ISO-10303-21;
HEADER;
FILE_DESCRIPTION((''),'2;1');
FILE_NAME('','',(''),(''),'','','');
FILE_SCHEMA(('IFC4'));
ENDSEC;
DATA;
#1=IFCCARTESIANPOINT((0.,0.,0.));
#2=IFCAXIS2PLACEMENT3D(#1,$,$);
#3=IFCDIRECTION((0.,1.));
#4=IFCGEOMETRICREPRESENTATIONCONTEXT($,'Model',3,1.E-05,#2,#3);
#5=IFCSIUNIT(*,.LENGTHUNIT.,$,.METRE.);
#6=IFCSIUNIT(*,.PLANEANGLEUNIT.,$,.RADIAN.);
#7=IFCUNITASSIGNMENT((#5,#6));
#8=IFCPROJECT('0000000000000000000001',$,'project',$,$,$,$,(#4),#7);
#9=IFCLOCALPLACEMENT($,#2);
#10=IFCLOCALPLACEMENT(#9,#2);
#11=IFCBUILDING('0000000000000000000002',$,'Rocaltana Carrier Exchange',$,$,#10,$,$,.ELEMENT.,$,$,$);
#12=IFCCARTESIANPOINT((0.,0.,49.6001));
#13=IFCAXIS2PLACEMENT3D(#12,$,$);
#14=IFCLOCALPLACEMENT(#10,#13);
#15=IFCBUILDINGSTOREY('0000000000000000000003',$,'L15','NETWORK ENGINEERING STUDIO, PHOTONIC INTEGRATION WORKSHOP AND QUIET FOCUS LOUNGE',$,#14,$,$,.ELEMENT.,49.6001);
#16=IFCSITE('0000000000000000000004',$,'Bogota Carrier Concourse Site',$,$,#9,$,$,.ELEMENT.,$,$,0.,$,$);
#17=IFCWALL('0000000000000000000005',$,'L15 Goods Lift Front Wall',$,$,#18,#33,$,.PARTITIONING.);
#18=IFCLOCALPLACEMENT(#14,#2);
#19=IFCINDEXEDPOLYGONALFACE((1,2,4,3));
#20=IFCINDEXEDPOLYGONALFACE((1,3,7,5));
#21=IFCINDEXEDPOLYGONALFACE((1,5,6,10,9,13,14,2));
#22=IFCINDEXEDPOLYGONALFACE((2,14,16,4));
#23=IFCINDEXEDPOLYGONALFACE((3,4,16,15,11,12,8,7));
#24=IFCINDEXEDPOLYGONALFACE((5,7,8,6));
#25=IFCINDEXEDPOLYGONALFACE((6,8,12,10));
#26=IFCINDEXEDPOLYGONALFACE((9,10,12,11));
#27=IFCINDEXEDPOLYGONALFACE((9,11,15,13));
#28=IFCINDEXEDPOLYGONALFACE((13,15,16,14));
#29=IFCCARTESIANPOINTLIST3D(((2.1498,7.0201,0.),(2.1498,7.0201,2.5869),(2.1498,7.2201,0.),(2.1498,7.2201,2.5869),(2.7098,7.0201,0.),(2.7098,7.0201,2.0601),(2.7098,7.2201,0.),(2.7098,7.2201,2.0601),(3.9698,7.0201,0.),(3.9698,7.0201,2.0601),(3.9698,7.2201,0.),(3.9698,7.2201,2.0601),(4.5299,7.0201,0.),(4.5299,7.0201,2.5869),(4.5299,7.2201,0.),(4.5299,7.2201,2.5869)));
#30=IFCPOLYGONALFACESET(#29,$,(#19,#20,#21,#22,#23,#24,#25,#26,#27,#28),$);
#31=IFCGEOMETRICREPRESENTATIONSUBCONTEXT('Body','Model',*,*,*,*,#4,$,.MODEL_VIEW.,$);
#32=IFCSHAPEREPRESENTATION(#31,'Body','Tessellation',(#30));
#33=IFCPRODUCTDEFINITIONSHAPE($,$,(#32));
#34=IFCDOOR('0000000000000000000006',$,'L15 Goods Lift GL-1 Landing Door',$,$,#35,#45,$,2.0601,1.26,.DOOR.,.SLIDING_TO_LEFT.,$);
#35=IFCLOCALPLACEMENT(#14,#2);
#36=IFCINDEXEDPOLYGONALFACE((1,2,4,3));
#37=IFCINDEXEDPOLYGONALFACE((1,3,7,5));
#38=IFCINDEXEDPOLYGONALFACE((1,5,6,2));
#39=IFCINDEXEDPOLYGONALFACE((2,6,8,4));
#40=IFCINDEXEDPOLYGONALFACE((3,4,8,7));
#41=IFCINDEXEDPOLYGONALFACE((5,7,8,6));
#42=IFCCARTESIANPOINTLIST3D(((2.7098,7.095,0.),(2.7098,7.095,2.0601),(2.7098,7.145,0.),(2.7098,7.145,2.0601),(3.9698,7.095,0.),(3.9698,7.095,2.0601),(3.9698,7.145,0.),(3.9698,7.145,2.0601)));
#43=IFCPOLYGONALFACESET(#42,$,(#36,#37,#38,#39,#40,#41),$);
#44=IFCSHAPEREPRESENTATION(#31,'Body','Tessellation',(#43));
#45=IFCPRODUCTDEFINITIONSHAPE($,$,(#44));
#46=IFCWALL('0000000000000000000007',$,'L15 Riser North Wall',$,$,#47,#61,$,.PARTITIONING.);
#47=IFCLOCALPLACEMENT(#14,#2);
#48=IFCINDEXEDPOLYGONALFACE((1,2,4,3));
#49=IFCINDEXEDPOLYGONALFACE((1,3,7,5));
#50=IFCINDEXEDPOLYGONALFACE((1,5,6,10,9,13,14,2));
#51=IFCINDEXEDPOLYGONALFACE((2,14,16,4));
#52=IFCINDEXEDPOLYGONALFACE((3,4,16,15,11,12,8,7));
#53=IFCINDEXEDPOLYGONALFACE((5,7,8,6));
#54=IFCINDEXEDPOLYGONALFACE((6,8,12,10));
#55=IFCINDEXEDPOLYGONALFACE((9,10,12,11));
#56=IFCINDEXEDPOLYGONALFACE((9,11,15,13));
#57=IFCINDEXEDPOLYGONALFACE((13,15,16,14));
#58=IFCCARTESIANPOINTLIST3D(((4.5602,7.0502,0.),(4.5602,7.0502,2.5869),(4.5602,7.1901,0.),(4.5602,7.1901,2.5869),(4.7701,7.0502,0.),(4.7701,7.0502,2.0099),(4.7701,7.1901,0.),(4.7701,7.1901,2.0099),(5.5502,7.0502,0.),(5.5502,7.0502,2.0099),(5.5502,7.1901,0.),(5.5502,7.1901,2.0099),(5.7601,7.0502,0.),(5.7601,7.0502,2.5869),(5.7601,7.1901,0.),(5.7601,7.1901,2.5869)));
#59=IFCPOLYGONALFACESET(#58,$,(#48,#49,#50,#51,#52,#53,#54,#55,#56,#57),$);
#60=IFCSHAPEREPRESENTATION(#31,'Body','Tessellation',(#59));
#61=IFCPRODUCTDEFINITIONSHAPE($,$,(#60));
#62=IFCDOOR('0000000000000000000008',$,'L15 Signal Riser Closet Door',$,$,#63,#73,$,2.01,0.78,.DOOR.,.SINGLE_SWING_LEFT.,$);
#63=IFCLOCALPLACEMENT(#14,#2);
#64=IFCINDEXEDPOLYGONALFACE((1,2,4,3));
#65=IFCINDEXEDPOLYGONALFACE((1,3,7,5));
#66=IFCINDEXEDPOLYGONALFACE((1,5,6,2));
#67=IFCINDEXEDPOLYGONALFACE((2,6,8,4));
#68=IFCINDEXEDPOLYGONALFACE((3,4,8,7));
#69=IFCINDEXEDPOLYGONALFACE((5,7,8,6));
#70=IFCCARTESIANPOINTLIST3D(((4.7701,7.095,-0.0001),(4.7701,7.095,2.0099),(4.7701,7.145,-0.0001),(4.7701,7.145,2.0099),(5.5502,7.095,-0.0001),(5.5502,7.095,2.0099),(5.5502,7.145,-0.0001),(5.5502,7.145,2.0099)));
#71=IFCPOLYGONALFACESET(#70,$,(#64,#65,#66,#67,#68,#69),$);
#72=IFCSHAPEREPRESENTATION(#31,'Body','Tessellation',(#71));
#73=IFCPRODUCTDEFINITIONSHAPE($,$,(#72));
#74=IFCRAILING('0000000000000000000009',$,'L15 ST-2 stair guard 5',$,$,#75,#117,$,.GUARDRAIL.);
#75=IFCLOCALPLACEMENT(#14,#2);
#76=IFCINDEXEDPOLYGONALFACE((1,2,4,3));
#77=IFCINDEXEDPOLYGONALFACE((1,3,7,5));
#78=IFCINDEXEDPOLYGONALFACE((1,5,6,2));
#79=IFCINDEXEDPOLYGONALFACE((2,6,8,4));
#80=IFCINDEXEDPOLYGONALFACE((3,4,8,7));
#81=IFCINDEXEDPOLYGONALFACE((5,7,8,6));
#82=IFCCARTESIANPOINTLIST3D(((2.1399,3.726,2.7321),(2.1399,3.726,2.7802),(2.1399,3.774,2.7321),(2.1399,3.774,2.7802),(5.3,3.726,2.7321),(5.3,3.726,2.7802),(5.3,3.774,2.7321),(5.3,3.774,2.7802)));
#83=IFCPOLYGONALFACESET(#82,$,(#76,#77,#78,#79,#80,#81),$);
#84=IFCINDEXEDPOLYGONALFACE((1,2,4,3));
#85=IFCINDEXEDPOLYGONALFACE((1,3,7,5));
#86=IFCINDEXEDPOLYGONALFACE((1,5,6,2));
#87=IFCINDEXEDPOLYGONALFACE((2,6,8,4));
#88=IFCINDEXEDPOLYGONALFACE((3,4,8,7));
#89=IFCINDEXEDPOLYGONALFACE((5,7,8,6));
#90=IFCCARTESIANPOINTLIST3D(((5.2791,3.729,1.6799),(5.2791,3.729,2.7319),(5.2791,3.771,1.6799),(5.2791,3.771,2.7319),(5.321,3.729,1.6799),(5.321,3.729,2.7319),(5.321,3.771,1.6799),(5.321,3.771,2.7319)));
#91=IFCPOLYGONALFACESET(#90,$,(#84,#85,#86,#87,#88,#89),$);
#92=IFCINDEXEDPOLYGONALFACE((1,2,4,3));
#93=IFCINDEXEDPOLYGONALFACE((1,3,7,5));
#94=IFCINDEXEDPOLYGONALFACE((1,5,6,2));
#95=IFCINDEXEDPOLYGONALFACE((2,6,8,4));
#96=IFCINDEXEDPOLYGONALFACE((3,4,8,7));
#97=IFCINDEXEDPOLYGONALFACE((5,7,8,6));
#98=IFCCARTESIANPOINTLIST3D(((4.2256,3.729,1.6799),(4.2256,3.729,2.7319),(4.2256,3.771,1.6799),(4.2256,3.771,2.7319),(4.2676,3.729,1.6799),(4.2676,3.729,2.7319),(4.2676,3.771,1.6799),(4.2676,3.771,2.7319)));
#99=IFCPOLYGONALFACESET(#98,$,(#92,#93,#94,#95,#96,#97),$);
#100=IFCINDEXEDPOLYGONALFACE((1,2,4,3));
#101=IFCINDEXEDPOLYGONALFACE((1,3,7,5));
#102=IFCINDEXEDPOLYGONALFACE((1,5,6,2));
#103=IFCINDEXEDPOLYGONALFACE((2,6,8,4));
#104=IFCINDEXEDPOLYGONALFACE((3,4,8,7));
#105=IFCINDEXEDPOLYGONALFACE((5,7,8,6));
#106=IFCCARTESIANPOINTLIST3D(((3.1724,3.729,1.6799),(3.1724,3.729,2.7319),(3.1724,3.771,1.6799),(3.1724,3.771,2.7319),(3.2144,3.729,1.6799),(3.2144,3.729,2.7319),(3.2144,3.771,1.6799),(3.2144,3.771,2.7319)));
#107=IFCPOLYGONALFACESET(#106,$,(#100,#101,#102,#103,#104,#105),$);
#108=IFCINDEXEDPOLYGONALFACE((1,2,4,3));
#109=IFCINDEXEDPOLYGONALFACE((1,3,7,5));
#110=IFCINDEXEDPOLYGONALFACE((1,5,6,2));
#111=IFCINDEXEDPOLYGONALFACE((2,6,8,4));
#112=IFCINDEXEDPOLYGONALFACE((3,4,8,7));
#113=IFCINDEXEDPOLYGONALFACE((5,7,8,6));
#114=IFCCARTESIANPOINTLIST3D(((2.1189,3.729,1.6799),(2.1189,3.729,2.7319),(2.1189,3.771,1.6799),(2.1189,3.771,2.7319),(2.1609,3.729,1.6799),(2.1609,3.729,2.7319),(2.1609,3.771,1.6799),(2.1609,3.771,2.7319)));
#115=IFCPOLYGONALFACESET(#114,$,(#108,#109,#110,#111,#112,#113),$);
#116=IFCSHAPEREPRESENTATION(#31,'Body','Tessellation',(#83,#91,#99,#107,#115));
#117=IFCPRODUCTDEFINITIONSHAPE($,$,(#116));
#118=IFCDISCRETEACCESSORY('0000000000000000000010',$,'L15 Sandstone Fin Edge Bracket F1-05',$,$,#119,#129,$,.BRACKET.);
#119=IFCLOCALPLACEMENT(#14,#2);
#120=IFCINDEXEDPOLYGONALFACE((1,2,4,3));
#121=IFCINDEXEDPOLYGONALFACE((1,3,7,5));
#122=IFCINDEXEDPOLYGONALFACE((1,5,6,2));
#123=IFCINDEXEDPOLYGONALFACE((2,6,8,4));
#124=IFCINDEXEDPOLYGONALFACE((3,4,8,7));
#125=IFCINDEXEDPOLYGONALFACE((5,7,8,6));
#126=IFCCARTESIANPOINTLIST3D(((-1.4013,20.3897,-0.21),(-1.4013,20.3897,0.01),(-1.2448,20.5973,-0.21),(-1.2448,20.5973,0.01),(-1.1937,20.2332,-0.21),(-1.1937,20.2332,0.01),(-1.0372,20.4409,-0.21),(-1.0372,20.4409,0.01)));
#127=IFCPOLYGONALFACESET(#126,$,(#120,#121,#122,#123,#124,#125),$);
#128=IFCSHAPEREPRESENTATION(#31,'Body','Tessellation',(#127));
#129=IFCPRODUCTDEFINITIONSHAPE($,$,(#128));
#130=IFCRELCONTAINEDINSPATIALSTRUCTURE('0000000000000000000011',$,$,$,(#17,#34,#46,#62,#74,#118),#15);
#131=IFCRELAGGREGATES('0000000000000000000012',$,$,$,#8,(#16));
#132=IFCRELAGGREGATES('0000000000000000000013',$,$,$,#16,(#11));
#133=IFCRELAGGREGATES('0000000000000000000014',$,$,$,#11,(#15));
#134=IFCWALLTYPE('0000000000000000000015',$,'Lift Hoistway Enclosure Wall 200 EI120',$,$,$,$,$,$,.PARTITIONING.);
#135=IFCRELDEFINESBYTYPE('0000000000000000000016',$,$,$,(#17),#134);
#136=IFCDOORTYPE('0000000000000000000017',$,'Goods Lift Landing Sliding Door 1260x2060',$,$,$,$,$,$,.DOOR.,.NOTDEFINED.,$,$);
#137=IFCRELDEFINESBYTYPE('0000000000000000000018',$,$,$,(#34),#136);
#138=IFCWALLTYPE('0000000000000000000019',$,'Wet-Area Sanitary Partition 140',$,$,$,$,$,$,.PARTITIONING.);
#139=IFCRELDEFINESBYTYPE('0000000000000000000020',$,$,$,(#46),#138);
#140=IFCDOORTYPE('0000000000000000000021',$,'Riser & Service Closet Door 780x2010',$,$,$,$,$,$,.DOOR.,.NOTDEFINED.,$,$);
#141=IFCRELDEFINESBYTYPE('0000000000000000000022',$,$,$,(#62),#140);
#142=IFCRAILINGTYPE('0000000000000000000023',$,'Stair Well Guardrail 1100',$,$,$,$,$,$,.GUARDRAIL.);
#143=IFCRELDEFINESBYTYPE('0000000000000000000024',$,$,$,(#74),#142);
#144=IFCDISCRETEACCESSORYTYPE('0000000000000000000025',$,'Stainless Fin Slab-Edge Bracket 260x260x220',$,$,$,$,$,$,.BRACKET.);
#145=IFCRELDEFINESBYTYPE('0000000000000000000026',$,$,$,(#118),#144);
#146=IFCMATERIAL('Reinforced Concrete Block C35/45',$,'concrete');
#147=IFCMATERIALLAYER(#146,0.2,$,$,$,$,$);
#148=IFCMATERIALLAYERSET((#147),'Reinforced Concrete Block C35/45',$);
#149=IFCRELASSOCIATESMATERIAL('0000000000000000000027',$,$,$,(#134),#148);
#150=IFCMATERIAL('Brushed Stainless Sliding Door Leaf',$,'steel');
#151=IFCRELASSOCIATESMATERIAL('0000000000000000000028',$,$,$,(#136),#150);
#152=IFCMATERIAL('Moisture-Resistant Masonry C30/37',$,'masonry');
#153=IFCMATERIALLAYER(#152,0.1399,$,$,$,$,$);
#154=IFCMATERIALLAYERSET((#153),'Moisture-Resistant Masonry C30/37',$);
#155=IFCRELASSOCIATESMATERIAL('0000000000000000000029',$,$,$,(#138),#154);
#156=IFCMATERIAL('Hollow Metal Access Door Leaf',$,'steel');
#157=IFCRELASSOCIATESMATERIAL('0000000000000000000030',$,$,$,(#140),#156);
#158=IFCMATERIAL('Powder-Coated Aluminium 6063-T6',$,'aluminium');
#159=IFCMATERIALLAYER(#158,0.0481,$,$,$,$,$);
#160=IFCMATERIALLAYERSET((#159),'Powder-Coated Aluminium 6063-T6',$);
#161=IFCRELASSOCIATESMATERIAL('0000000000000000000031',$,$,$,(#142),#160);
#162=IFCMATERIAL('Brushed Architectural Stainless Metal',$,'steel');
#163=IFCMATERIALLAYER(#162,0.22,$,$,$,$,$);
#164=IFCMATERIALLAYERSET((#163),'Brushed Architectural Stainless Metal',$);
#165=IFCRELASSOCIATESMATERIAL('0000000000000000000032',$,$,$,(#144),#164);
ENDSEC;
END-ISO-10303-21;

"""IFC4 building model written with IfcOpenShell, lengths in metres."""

from ifc_helpers import new_model, si_unit, direction, frame, frame_2d, origin, origin_2d, place, context, subcontext, project, spatial, rectangle, extrude, material, layer, layer_set, type_object, element, fill, save


model = new_model("IFC4")

# Units and contexts
model_context = context("Model", 3, precision=1e-05, world=origin(), true_north=direction((0.0, 1.0)))
body_context = subcontext(model_context, "Body", "Model", "MODEL_VIEW")
ifc_project = project(units=[si_unit("LENGTHUNIT", "METRE"), si_unit("PLANEANGLEUNIT", "RADIAN")], contexts=[model_context])

# Site, building, storey
site_placement = place(None, origin())
site = spatial("IfcSite", under=ifc_project, at=site_placement, Name="Bogota Carrier Concourse Site", CompositionType="ELEMENT", RefElevation=0.0)
building_placement = place(site_placement, origin())
building = spatial("IfcBuilding", under=site, at=building_placement, Name="Rocaltana Carrier Exchange", CompositionType="ELEMENT")
storey_placement = place(building_placement, frame((0.0, 0.0, 49.6001)))
storey = spatial("IfcBuildingStorey", under=building, at=storey_placement, Name="L15", Description="NETWORK ENGINEERING STUDIO, PHOTONIC INTEGRATION WORKSHOP AND QUIET FOCUS LOUNGE", CompositionType="ELEMENT", Elevation=49.6001)

# Shared definitions
ifc_material_1 = material(Name="Reinforced Concrete Block C35/45", Category="concrete")
ifc_layer_1 = layer(ifc_material_1, 0.2)
ifc_layer_set_1 = layer_set([ifc_layer_1], Name="Reinforced Concrete Block C35/45")
wall_type_1 = type_object("IfcWallType", Name="Lift Hoistway Enclosure Wall 200 EI120", PredefinedType="PARTITIONING", material=ifc_layer_set_1)

# Walls, openings, doors
wall_1_placement = place(storey_placement, frame((2.1499, 7.1201, 0.0), z_axis=(0.0, 0.0, 1.0), x_axis=(1.0, 0.0, 0.0)))
wall_1 = element("IfcWall", 1, at=wall_1_placement, inside=storey, type_object=wall_type_1, Name="L15 Goods Lift Front Wall", PredefinedType="PARTITIONING", context=body_context, shape_type="SweptSolid", body=[
    extrude(rectangle(XDim=2.3801, YDim=0.2, at=frame_2d((1.1899, 0.0))), origin(), (0.0, 0.0, 1.0), 2.5869),
])
opening_1_placement = place(wall_1_placement, frame((0.5601, 0.0, 0.0)))
opening_1 = element("IfcOpeningElement", 2, at=opening_1_placement, cuts=wall_1, PredefinedType="OPENING", context=body_context, shape_type="SweptSolid", body=[
    extrude(rectangle(XDim=1.26, YDim=2.0601, at=frame_2d((0.6299, 1.03))), frame((0.0, 0.1099, 0.0), z_axis=(0.0, -1.0, 0.0), x_axis=(1.0, 0.0, 0.0)), (0.0, 0.0, 1.0), 0.22),
])
ifc_material_2 = material(Name="Brushed Stainless Sliding Door Leaf", Category="steel")
door_type_1 = type_object("IfcDoorType", Name="Goods Lift Landing Sliding Door 1260x2060", OperationType="NOTDEFINED", PredefinedType="DOOR", material=ifc_material_2)
door_1_placement = place(opening_1_placement, origin())
door_1 = element("IfcDoor", 3, at=door_1_placement, inside=storey, type_object=door_type_1, Name="L15 Goods Lift GL-1 Landing Door", OperationType="SLIDING_TO_LEFT", OverallHeight=2.0601, OverallWidth=1.26, PredefinedType="DOOR", context=body_context, shape_type="SweptSolid", body=[
    extrude(rectangle(XDim=1.26, YDim=2.0601, at=frame_2d((0.6299, 1.03))), frame((0.0, 0.0249, 0.0), z_axis=(0.0, -1.0, 0.0), x_axis=(1.0, 0.0, 0.0)), (0.0, 0.0, 1.0), 0.05),
])
fill(opening_1, door_1)
ifc_material_3 = material(Name="Moisture-Resistant Masonry C30/37", Category="masonry")
ifc_layer_2 = layer(ifc_material_3, 0.1399)
ifc_layer_set_2 = layer_set([ifc_layer_2], Name="Moisture-Resistant Masonry C30/37")
wall_type_2 = type_object("IfcWallType", Name="Wet-Area Sanitary Partition 140", PredefinedType="PARTITIONING", material=ifc_layer_set_2)
wall_2_placement = place(storey_placement, frame((4.5601, 7.1201, 0.0), z_axis=(0.0, 0.0, 1.0), x_axis=(1.0, 0.0, 0.0)))
wall_2 = element("IfcWall", 4, at=wall_2_placement, inside=storey, type_object=wall_type_2, Name="L15 Riser North Wall", PredefinedType="PARTITIONING", context=body_context, shape_type="SweptSolid", body=[
    extrude(rectangle(XDim=1.2, YDim=0.1399, at=frame_2d((0.6001, 0.0))), origin(), (0.0, 0.0, 1.0), 2.5869),
])
opening_2_placement = place(wall_2_placement, frame((0.21, 0.0, 0.0)))
opening_2 = element("IfcOpeningElement", 5, at=opening_2_placement, cuts=wall_2, PredefinedType="OPENING", context=body_context, shape_type="SweptSolid", body=[
    extrude(rectangle(XDim=0.78, YDim=2.01, at=frame_2d((0.3901, 1.0049))), frame((0.0, 0.0798, 0.0), z_axis=(0.0, -1.0, 0.0), x_axis=(1.0, 0.0, 0.0)), (0.0, 0.0, 1.0), 0.1599),
])
ifc_material_4 = material(Name="Hollow Metal Access Door Leaf", Category="steel")
door_type_2 = type_object("IfcDoorType", Name="Riser & Service Closet Door 780x2010", OperationType="NOTDEFINED", PredefinedType="DOOR", material=ifc_material_4)
door_2_placement = place(opening_2_placement, origin())
door_2 = element("IfcDoor", 6, at=door_2_placement, inside=storey, type_object=door_type_2, Name="L15 Signal Riser Closet Door", OperationType="SINGLE_SWING_LEFT", OverallHeight=2.01, OverallWidth=0.78, PredefinedType="DOOR", context=body_context, shape_type="SweptSolid", body=[
    extrude(rectangle(XDim=0.78, YDim=2.01, at=frame_2d((0.3901, 1.0049))), frame((0.0, 0.0249, 0.0), z_axis=(0.0, -1.0, 0.0), x_axis=(1.0, 0.0, 0.0)), (0.0, 0.0, 1.0), 0.05),
])
fill(opening_2, door_2)

# Railing
ifc_material_5 = material(Name="Powder-Coated Aluminium 6063-T6", Category="aluminium")
ifc_layer_3 = layer(ifc_material_5, 0.0481)
ifc_layer_set_3 = layer_set([ifc_layer_3], Name="Powder-Coated Aluminium 6063-T6")
railing_type = type_object("IfcRailingType", Name="Stair Well Guardrail 1100", PredefinedType="GUARDRAIL", material=ifc_layer_set_3)
railing_placement = place(storey_placement, frame((5.3, 3.75, 1.6799)))
element("IfcRailing", 7, at=railing_placement, inside=storey, type_object=railing_type, Name="L15 ST-2 stair guard 5", PredefinedType="GUARDRAIL", context=body_context, shape_type="SweptSolid", body=[
    extrude(rectangle(XDim=0.0481, YDim=0.0481, at=origin_2d()), frame((0.0, 0.0, 1.0762), z_axis=(-1.0, 0.0, 0.0), x_axis=(0.0, -1.0, 0.0)), (0.0, 0.0, 1.0), 3.1602),
    extrude(rectangle(XDim=0.042, YDim=0.042, at=origin_2d()), origin(), (0.0, 0.0, 1.0), 1.052),
    extrude(rectangle(XDim=0.042, YDim=0.042, at=origin_2d()), frame((-1.0535, 0.0, 0.0)), (0.0, 0.0, 1.0), 1.052),
    extrude(rectangle(XDim=0.042, YDim=0.042, at=origin_2d()), frame((-2.1067, 0.0, 0.0)), (0.0, 0.0, 1.0), 1.052),
    extrude(rectangle(XDim=0.042, YDim=0.042, at=origin_2d()), frame((-3.1602, 0.0, 0.0)), (0.0, 0.0, 1.0), 1.052),
])

# Discrete accessory
ifc_material_6 = material(Name="Brushed Architectural Stainless Metal", Category="steel")
ifc_layer_4 = layer(ifc_material_6, 0.22)
ifc_layer_set_4 = layer_set([ifc_layer_4], Name="Brushed Architectural Stainless Metal")
discrete_accessory_type = type_object("IfcDiscreteAccessoryType", Name="Stainless Fin Slab-Edge Bracket 260x260x220", PredefinedType="BRACKET", material=ifc_layer_set_4)
discrete_accessory_placement = place(storey_placement, frame((-1.2192, 20.4153, -0.21), z_axis=(0.0, 0.0, 1.0), x_axis=(-0.798636, 0.601815, 0.0)))
element("IfcDiscreteAccessory", 8, at=discrete_accessory_placement, inside=storey, type_object=discrete_accessory_type, Name="L15 Sandstone Fin Edge Bracket F1-05", PredefinedType="BRACKET", context=body_context, shape_type="SweptSolid", body=[
    extrude(rectangle(XDim=0.26, YDim=0.26, at=origin_2d()), origin(), (0.0, 0.0, 1.0), 0.22),
])

save(model, "model.ifc")
